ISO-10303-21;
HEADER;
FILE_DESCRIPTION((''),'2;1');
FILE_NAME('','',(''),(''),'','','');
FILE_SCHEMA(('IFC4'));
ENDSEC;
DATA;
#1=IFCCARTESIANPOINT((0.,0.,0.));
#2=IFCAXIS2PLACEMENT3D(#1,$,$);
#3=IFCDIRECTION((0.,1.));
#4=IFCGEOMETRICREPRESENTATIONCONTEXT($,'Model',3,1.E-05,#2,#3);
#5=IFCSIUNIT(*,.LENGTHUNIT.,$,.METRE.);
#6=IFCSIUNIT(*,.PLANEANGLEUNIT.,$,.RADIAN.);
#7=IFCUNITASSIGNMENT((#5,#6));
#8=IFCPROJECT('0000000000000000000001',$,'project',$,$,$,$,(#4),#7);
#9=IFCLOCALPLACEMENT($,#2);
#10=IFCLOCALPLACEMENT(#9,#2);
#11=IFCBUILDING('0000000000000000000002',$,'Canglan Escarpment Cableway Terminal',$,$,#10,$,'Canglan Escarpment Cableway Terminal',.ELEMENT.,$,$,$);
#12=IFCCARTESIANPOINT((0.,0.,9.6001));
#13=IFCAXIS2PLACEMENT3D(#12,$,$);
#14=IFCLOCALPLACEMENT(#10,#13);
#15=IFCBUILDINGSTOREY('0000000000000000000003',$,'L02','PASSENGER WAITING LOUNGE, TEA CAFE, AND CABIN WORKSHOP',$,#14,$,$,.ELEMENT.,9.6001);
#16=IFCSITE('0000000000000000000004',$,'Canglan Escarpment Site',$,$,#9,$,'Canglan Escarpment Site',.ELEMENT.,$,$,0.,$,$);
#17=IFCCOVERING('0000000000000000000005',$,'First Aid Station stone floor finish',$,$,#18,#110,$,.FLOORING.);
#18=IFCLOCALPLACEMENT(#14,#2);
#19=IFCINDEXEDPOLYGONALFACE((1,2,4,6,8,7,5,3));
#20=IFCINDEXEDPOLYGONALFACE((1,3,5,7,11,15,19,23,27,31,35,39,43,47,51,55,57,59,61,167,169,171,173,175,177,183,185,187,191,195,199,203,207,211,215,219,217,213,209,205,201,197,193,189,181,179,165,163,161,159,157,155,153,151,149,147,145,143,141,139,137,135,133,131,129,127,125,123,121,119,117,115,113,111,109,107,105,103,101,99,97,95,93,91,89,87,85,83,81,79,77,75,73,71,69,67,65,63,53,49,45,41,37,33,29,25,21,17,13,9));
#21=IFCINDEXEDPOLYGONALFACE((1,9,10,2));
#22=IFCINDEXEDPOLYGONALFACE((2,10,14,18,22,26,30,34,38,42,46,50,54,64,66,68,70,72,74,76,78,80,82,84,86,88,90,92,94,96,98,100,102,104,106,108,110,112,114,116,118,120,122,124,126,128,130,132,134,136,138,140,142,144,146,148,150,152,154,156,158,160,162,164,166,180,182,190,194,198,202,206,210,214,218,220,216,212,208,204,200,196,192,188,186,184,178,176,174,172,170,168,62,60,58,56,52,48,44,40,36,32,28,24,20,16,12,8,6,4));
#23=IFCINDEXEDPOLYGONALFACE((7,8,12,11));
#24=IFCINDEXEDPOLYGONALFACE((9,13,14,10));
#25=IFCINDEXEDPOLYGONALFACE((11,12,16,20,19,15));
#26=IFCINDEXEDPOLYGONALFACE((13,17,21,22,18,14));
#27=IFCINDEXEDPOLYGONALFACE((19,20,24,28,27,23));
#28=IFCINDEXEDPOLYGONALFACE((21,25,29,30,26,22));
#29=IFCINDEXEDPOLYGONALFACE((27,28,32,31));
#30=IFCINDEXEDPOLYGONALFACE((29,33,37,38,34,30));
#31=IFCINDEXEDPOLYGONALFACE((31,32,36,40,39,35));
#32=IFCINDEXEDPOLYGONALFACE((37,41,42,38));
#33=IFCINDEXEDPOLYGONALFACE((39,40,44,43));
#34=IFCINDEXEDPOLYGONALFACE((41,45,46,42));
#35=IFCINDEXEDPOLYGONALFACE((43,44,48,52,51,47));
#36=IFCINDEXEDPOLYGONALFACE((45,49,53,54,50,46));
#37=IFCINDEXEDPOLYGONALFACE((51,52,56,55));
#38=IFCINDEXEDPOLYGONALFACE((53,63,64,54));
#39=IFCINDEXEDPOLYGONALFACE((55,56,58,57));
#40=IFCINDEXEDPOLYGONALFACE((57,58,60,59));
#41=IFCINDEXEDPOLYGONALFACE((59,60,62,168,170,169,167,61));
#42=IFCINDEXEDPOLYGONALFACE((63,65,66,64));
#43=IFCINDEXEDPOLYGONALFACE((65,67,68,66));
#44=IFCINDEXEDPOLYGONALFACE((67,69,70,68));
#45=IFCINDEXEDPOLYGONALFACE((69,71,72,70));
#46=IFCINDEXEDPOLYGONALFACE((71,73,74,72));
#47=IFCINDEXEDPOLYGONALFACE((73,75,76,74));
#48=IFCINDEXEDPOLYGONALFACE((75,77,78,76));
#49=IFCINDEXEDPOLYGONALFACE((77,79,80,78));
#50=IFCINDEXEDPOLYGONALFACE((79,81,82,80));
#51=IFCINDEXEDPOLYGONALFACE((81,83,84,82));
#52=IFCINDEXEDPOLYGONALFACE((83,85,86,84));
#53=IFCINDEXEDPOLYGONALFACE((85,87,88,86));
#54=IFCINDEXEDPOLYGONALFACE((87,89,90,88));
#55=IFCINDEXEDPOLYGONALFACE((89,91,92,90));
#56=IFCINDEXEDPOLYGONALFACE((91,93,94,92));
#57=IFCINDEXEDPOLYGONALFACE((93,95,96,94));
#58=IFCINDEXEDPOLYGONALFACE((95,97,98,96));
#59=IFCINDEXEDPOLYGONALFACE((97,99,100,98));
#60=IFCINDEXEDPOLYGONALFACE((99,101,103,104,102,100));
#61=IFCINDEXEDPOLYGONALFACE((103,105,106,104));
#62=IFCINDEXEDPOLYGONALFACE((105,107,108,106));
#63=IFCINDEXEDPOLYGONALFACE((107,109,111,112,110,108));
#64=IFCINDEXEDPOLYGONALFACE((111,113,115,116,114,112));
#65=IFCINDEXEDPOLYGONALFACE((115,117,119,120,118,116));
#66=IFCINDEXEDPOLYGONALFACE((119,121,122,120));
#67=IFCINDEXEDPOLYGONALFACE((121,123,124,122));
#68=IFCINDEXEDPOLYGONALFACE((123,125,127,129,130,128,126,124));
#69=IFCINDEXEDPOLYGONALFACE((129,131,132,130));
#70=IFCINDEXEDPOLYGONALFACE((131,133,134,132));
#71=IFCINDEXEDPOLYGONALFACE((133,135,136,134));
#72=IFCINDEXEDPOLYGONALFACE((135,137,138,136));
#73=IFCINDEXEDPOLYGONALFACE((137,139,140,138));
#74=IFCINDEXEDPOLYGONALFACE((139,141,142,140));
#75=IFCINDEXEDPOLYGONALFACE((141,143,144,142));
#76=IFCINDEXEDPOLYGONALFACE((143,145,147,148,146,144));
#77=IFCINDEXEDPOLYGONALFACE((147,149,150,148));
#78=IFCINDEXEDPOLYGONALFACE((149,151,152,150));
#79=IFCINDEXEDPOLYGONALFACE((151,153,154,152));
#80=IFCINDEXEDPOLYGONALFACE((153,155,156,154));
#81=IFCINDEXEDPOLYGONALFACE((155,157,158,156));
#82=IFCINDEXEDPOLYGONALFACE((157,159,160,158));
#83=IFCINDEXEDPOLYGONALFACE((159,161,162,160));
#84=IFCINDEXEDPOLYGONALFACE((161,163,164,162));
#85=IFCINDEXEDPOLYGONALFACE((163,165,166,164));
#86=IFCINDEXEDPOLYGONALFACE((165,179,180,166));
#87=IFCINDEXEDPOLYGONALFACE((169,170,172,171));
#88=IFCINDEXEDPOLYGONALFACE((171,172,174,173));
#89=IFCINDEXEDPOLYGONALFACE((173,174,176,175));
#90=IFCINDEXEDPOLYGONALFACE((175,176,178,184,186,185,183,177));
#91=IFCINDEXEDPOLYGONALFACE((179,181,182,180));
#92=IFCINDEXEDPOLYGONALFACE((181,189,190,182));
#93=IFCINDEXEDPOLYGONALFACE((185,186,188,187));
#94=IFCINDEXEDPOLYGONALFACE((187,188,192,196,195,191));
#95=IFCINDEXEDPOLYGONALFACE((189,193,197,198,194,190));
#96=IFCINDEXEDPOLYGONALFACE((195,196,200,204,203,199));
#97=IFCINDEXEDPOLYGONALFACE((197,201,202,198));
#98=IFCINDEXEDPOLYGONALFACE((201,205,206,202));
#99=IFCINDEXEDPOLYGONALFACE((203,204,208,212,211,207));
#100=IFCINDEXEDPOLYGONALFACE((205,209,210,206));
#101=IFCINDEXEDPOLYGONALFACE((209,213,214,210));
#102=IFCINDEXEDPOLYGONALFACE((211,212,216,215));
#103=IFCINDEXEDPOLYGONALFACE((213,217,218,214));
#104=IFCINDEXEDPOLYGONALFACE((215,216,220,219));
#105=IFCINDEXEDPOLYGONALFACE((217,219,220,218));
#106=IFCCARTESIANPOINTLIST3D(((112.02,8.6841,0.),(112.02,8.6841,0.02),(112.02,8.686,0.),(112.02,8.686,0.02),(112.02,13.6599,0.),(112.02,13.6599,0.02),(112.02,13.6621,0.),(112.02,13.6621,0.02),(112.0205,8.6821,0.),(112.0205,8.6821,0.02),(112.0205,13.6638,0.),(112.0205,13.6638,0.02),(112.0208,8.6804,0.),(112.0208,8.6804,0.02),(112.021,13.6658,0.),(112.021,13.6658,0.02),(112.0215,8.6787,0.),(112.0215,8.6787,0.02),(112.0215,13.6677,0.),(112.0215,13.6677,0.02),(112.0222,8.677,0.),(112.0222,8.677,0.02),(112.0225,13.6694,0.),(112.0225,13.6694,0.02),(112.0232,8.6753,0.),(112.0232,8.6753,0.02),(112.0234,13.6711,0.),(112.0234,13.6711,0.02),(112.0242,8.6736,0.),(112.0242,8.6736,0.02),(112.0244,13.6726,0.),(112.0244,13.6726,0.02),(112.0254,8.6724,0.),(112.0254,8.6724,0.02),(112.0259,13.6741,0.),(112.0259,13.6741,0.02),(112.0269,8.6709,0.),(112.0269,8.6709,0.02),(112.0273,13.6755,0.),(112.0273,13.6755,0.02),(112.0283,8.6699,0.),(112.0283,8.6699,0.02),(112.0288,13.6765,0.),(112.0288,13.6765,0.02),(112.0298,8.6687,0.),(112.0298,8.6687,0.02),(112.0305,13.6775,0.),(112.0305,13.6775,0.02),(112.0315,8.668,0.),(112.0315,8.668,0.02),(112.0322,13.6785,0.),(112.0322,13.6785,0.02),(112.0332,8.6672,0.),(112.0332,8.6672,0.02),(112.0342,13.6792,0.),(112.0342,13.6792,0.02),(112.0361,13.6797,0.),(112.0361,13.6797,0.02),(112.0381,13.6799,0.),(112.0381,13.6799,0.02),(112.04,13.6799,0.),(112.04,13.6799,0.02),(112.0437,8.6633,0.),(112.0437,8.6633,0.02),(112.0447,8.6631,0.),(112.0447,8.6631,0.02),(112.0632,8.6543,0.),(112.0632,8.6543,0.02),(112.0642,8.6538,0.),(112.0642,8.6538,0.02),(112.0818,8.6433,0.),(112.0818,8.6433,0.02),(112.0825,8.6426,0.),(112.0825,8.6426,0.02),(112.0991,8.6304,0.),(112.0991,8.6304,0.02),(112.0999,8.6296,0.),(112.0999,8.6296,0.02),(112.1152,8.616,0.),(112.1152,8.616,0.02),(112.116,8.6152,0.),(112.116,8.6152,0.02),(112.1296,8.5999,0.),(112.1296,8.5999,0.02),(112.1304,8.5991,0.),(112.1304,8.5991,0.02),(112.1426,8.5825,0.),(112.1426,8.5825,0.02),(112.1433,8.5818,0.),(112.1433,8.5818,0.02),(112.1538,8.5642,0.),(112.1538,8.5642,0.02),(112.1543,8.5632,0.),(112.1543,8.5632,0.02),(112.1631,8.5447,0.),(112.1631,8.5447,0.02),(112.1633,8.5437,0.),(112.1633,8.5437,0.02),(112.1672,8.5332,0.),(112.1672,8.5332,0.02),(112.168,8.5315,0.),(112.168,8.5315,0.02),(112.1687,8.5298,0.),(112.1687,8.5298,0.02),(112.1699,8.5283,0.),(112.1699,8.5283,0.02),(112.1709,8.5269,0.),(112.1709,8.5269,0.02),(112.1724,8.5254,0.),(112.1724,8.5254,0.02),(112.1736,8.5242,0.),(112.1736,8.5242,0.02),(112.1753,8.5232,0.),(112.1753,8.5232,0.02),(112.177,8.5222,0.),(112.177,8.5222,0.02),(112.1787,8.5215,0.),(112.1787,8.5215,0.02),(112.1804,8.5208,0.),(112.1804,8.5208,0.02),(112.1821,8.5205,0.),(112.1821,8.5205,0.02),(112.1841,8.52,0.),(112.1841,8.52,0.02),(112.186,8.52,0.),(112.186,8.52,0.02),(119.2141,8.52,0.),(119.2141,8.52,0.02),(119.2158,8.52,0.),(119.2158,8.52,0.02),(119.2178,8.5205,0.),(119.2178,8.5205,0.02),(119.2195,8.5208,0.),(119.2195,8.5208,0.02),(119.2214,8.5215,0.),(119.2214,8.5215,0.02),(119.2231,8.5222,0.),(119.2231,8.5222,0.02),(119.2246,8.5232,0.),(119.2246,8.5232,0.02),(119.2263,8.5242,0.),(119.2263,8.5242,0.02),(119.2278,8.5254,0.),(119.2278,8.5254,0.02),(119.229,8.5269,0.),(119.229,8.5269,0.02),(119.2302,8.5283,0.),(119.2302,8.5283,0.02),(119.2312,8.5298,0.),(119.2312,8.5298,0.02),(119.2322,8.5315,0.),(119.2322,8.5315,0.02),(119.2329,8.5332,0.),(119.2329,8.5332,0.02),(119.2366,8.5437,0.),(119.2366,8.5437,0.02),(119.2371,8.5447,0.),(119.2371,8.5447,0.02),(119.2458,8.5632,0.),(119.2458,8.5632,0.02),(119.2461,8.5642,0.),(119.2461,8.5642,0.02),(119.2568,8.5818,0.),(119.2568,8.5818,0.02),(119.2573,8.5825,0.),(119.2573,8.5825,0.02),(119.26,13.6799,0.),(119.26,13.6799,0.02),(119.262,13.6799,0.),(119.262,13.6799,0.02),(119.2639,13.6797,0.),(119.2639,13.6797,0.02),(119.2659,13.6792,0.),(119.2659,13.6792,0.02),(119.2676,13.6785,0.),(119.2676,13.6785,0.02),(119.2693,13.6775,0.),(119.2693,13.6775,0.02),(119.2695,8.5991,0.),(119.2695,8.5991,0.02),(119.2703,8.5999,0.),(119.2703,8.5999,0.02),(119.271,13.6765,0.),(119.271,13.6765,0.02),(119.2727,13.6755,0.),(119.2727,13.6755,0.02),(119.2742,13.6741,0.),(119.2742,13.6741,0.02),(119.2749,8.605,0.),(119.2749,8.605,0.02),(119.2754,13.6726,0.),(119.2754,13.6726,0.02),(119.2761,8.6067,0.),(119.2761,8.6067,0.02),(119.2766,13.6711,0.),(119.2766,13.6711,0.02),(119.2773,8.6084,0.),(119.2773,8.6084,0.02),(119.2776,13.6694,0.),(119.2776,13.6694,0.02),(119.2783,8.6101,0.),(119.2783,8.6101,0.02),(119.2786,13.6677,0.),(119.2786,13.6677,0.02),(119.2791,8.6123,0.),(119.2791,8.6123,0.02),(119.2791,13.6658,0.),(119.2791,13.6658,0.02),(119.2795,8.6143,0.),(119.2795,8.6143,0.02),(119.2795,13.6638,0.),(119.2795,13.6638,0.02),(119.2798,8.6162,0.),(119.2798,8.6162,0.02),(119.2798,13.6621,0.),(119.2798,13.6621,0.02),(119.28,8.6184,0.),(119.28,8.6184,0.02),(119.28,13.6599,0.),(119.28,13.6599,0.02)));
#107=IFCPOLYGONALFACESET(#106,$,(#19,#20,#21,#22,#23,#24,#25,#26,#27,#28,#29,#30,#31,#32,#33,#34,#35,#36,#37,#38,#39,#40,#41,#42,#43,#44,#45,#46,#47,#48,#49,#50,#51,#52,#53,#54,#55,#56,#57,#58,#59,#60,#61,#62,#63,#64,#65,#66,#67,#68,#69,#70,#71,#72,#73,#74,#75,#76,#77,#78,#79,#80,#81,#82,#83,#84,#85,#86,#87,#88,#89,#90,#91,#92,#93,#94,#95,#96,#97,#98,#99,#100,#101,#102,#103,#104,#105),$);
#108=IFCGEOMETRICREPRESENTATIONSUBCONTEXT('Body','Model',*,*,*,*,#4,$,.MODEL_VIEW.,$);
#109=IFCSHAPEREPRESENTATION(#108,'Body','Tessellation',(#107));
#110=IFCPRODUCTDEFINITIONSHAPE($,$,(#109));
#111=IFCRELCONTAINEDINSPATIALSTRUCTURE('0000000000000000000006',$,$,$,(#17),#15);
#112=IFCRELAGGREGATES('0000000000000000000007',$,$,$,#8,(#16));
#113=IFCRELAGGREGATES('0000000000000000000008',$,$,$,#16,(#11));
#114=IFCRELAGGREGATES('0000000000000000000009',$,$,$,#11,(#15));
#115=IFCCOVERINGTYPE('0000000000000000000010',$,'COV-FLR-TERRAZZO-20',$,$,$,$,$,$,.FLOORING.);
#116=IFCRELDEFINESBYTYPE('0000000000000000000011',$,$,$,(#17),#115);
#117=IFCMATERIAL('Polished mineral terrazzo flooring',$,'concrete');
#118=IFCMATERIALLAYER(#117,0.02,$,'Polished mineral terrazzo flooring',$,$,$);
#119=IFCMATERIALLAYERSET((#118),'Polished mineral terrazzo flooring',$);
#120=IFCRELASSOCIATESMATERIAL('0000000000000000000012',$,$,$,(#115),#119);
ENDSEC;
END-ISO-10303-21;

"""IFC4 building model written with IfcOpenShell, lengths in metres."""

from ifc_helpers import new_model, si_unit, direction, frame, origin, place, context, subcontext, project, spatial, polyline, outline, extrude, material, layer, layer_set, type_object, element, save


model = new_model("IFC4")

# Units and contexts
model_context = context("Model", 3, precision=1e-05, world=origin(), true_north=direction((0.0, 1.0)))
body_context = subcontext(model_context, "Body", "Model", "MODEL_VIEW")
ifc_project = project(units=[si_unit("LENGTHUNIT", "METRE"), si_unit("PLANEANGLEUNIT", "RADIAN")], contexts=[model_context])

# Site, building, storey
site_placement = place(None, origin())
site = spatial("IfcSite", under=ifc_project, at=site_placement, Name="Canglan Escarpment Site", LongName="Canglan Escarpment Site", CompositionType="ELEMENT", RefElevation=0.0)
building_placement = place(site_placement, origin())
building = spatial("IfcBuilding", under=site, at=building_placement, Name="Canglan Escarpment Cableway Terminal", LongName="Canglan Escarpment Cableway Terminal", CompositionType="ELEMENT")
storey_placement = place(building_placement, frame((0.0, 0.0, 9.6001)))
storey = spatial("IfcBuildingStorey", under=building, at=storey_placement, Name="L02", Description="PASSENGER WAITING LOUNGE, TEA CAFE, AND CABIN WORKSHOP", CompositionType="ELEMENT", Elevation=9.6001)

# Covering
ifc_material_1 = material(Name="Polished mineral terrazzo flooring", Category="concrete")
ifc_layer_1 = layer(ifc_material_1, 0.02, Name="Polished mineral terrazzo flooring")
ifc_layer_set_1 = layer_set([ifc_layer_1], Name="Polished mineral terrazzo flooring")
covering_type_1 = type_object("IfcCoveringType", Name="COV-FLR-TERRAZZO-20", PredefinedType="FLOORING", material=ifc_layer_set_1)
covering_1_placement = place(storey_placement, origin())
element("IfcCovering", 1, at=covering_1_placement, inside=storey, type_object=covering_type_1, Name="First Aid Station stone floor finish", PredefinedType="FLOORING", context=body_context, shape_type="SweptSolid", body=[
    extrude(outline(polyline([(112.0332, 8.6672), (112.0315, 8.668), (112.0298, 8.6687), (112.0283, 8.6699), (112.0269, 8.6709), (112.0254, 8.6724), (112.0242, 8.6736), (112.0232, 8.6753), (112.0222, 8.677), (112.0215, 8.6787), (112.0208, 8.6804), (112.0205, 8.6821), (112.02, 8.6841), (112.02, 8.686), (112.02, 13.6599), (112.02, 13.6621), (112.0205, 13.6638), (112.021, 13.6658), (112.0215, 13.6677), (112.0225, 13.6694), (112.0234, 13.6711), (112.0244, 13.6726), (112.0259, 13.6741), (112.0273, 13.6755), (112.0288, 13.6765), (112.0305, 13.6775), (112.0322, 13.6785), (112.0342, 13.6792), (112.0361, 13.6797), (112.0381, 13.6799), (112.04, 13.6799), (119.26, 13.6799), (119.262, 13.6799), (119.2639, 13.6797), (119.2659, 13.6792), (119.2676, 13.6785), (119.2693, 13.6775), (119.271, 13.6765), (119.2727, 13.6755), (119.2742, 13.6741), (119.2754, 13.6726), (119.2766, 13.6711), (119.2776, 13.6694), (119.2786, 13.6677), (119.2791, 13.6658), (119.2795, 13.6638), (119.2798, 13.6621), (119.28, 13.6599), (119.28, 8.6184), (119.2798, 8.6162), (119.2795, 8.6143), (119.2791, 8.6123), (119.2783, 8.6101), (119.2773, 8.6084), (119.2761, 8.6067), (119.2749, 8.605), (119.2703, 8.5999), (119.2695, 8.5991), (119.2573, 8.5825), (119.2568, 8.5818), (119.2461, 8.5642), (119.2458, 8.5632), (119.2371, 8.5447), (119.2366, 8.5437), (119.2329, 8.5332), (119.2322, 8.5315), (119.2312, 8.5298), (119.2302, 8.5283), (119.229, 8.5269), (119.2278, 8.5254), (119.2263, 8.5242), (119.2246, 8.5232), (119.2231, 8.5222), (119.2214, 8.5215), (119.2195, 8.5208), (119.2178, 8.5205), (119.2158, 8.52), (119.2141, 8.52), (112.186, 8.52), (112.1841, 8.52), (112.1821, 8.5205), (112.1804, 8.5208), (112.1787, 8.5215), (112.177, 8.5222), (112.1753, 8.5232), (112.1736, 8.5242), (112.1724, 8.5254), (112.1709, 8.5269), (112.1699, 8.5283), (112.1687, 8.5298), (112.168, 8.5315), (112.1672, 8.5332), (112.1633, 8.5437), (112.1631, 8.5447), (112.1543, 8.5632), (112.1538, 8.5642), (112.1433, 8.5818), (112.1426, 8.5825), (112.1304, 8.5991), (112.1296, 8.5999), (112.116, 8.6152), (112.1152, 8.616), (112.0999, 8.6296), (112.0991, 8.6304), (112.0825, 8.6426), (112.0818, 8.6433), (112.0642, 8.6538), (112.0632, 8.6543), (112.0447, 8.6631), (112.0437, 8.6633), (112.0332, 8.6672)])), origin(), (0.0, 0.0, 1.0), 0.02),
])

save(model, "model.ifc")
